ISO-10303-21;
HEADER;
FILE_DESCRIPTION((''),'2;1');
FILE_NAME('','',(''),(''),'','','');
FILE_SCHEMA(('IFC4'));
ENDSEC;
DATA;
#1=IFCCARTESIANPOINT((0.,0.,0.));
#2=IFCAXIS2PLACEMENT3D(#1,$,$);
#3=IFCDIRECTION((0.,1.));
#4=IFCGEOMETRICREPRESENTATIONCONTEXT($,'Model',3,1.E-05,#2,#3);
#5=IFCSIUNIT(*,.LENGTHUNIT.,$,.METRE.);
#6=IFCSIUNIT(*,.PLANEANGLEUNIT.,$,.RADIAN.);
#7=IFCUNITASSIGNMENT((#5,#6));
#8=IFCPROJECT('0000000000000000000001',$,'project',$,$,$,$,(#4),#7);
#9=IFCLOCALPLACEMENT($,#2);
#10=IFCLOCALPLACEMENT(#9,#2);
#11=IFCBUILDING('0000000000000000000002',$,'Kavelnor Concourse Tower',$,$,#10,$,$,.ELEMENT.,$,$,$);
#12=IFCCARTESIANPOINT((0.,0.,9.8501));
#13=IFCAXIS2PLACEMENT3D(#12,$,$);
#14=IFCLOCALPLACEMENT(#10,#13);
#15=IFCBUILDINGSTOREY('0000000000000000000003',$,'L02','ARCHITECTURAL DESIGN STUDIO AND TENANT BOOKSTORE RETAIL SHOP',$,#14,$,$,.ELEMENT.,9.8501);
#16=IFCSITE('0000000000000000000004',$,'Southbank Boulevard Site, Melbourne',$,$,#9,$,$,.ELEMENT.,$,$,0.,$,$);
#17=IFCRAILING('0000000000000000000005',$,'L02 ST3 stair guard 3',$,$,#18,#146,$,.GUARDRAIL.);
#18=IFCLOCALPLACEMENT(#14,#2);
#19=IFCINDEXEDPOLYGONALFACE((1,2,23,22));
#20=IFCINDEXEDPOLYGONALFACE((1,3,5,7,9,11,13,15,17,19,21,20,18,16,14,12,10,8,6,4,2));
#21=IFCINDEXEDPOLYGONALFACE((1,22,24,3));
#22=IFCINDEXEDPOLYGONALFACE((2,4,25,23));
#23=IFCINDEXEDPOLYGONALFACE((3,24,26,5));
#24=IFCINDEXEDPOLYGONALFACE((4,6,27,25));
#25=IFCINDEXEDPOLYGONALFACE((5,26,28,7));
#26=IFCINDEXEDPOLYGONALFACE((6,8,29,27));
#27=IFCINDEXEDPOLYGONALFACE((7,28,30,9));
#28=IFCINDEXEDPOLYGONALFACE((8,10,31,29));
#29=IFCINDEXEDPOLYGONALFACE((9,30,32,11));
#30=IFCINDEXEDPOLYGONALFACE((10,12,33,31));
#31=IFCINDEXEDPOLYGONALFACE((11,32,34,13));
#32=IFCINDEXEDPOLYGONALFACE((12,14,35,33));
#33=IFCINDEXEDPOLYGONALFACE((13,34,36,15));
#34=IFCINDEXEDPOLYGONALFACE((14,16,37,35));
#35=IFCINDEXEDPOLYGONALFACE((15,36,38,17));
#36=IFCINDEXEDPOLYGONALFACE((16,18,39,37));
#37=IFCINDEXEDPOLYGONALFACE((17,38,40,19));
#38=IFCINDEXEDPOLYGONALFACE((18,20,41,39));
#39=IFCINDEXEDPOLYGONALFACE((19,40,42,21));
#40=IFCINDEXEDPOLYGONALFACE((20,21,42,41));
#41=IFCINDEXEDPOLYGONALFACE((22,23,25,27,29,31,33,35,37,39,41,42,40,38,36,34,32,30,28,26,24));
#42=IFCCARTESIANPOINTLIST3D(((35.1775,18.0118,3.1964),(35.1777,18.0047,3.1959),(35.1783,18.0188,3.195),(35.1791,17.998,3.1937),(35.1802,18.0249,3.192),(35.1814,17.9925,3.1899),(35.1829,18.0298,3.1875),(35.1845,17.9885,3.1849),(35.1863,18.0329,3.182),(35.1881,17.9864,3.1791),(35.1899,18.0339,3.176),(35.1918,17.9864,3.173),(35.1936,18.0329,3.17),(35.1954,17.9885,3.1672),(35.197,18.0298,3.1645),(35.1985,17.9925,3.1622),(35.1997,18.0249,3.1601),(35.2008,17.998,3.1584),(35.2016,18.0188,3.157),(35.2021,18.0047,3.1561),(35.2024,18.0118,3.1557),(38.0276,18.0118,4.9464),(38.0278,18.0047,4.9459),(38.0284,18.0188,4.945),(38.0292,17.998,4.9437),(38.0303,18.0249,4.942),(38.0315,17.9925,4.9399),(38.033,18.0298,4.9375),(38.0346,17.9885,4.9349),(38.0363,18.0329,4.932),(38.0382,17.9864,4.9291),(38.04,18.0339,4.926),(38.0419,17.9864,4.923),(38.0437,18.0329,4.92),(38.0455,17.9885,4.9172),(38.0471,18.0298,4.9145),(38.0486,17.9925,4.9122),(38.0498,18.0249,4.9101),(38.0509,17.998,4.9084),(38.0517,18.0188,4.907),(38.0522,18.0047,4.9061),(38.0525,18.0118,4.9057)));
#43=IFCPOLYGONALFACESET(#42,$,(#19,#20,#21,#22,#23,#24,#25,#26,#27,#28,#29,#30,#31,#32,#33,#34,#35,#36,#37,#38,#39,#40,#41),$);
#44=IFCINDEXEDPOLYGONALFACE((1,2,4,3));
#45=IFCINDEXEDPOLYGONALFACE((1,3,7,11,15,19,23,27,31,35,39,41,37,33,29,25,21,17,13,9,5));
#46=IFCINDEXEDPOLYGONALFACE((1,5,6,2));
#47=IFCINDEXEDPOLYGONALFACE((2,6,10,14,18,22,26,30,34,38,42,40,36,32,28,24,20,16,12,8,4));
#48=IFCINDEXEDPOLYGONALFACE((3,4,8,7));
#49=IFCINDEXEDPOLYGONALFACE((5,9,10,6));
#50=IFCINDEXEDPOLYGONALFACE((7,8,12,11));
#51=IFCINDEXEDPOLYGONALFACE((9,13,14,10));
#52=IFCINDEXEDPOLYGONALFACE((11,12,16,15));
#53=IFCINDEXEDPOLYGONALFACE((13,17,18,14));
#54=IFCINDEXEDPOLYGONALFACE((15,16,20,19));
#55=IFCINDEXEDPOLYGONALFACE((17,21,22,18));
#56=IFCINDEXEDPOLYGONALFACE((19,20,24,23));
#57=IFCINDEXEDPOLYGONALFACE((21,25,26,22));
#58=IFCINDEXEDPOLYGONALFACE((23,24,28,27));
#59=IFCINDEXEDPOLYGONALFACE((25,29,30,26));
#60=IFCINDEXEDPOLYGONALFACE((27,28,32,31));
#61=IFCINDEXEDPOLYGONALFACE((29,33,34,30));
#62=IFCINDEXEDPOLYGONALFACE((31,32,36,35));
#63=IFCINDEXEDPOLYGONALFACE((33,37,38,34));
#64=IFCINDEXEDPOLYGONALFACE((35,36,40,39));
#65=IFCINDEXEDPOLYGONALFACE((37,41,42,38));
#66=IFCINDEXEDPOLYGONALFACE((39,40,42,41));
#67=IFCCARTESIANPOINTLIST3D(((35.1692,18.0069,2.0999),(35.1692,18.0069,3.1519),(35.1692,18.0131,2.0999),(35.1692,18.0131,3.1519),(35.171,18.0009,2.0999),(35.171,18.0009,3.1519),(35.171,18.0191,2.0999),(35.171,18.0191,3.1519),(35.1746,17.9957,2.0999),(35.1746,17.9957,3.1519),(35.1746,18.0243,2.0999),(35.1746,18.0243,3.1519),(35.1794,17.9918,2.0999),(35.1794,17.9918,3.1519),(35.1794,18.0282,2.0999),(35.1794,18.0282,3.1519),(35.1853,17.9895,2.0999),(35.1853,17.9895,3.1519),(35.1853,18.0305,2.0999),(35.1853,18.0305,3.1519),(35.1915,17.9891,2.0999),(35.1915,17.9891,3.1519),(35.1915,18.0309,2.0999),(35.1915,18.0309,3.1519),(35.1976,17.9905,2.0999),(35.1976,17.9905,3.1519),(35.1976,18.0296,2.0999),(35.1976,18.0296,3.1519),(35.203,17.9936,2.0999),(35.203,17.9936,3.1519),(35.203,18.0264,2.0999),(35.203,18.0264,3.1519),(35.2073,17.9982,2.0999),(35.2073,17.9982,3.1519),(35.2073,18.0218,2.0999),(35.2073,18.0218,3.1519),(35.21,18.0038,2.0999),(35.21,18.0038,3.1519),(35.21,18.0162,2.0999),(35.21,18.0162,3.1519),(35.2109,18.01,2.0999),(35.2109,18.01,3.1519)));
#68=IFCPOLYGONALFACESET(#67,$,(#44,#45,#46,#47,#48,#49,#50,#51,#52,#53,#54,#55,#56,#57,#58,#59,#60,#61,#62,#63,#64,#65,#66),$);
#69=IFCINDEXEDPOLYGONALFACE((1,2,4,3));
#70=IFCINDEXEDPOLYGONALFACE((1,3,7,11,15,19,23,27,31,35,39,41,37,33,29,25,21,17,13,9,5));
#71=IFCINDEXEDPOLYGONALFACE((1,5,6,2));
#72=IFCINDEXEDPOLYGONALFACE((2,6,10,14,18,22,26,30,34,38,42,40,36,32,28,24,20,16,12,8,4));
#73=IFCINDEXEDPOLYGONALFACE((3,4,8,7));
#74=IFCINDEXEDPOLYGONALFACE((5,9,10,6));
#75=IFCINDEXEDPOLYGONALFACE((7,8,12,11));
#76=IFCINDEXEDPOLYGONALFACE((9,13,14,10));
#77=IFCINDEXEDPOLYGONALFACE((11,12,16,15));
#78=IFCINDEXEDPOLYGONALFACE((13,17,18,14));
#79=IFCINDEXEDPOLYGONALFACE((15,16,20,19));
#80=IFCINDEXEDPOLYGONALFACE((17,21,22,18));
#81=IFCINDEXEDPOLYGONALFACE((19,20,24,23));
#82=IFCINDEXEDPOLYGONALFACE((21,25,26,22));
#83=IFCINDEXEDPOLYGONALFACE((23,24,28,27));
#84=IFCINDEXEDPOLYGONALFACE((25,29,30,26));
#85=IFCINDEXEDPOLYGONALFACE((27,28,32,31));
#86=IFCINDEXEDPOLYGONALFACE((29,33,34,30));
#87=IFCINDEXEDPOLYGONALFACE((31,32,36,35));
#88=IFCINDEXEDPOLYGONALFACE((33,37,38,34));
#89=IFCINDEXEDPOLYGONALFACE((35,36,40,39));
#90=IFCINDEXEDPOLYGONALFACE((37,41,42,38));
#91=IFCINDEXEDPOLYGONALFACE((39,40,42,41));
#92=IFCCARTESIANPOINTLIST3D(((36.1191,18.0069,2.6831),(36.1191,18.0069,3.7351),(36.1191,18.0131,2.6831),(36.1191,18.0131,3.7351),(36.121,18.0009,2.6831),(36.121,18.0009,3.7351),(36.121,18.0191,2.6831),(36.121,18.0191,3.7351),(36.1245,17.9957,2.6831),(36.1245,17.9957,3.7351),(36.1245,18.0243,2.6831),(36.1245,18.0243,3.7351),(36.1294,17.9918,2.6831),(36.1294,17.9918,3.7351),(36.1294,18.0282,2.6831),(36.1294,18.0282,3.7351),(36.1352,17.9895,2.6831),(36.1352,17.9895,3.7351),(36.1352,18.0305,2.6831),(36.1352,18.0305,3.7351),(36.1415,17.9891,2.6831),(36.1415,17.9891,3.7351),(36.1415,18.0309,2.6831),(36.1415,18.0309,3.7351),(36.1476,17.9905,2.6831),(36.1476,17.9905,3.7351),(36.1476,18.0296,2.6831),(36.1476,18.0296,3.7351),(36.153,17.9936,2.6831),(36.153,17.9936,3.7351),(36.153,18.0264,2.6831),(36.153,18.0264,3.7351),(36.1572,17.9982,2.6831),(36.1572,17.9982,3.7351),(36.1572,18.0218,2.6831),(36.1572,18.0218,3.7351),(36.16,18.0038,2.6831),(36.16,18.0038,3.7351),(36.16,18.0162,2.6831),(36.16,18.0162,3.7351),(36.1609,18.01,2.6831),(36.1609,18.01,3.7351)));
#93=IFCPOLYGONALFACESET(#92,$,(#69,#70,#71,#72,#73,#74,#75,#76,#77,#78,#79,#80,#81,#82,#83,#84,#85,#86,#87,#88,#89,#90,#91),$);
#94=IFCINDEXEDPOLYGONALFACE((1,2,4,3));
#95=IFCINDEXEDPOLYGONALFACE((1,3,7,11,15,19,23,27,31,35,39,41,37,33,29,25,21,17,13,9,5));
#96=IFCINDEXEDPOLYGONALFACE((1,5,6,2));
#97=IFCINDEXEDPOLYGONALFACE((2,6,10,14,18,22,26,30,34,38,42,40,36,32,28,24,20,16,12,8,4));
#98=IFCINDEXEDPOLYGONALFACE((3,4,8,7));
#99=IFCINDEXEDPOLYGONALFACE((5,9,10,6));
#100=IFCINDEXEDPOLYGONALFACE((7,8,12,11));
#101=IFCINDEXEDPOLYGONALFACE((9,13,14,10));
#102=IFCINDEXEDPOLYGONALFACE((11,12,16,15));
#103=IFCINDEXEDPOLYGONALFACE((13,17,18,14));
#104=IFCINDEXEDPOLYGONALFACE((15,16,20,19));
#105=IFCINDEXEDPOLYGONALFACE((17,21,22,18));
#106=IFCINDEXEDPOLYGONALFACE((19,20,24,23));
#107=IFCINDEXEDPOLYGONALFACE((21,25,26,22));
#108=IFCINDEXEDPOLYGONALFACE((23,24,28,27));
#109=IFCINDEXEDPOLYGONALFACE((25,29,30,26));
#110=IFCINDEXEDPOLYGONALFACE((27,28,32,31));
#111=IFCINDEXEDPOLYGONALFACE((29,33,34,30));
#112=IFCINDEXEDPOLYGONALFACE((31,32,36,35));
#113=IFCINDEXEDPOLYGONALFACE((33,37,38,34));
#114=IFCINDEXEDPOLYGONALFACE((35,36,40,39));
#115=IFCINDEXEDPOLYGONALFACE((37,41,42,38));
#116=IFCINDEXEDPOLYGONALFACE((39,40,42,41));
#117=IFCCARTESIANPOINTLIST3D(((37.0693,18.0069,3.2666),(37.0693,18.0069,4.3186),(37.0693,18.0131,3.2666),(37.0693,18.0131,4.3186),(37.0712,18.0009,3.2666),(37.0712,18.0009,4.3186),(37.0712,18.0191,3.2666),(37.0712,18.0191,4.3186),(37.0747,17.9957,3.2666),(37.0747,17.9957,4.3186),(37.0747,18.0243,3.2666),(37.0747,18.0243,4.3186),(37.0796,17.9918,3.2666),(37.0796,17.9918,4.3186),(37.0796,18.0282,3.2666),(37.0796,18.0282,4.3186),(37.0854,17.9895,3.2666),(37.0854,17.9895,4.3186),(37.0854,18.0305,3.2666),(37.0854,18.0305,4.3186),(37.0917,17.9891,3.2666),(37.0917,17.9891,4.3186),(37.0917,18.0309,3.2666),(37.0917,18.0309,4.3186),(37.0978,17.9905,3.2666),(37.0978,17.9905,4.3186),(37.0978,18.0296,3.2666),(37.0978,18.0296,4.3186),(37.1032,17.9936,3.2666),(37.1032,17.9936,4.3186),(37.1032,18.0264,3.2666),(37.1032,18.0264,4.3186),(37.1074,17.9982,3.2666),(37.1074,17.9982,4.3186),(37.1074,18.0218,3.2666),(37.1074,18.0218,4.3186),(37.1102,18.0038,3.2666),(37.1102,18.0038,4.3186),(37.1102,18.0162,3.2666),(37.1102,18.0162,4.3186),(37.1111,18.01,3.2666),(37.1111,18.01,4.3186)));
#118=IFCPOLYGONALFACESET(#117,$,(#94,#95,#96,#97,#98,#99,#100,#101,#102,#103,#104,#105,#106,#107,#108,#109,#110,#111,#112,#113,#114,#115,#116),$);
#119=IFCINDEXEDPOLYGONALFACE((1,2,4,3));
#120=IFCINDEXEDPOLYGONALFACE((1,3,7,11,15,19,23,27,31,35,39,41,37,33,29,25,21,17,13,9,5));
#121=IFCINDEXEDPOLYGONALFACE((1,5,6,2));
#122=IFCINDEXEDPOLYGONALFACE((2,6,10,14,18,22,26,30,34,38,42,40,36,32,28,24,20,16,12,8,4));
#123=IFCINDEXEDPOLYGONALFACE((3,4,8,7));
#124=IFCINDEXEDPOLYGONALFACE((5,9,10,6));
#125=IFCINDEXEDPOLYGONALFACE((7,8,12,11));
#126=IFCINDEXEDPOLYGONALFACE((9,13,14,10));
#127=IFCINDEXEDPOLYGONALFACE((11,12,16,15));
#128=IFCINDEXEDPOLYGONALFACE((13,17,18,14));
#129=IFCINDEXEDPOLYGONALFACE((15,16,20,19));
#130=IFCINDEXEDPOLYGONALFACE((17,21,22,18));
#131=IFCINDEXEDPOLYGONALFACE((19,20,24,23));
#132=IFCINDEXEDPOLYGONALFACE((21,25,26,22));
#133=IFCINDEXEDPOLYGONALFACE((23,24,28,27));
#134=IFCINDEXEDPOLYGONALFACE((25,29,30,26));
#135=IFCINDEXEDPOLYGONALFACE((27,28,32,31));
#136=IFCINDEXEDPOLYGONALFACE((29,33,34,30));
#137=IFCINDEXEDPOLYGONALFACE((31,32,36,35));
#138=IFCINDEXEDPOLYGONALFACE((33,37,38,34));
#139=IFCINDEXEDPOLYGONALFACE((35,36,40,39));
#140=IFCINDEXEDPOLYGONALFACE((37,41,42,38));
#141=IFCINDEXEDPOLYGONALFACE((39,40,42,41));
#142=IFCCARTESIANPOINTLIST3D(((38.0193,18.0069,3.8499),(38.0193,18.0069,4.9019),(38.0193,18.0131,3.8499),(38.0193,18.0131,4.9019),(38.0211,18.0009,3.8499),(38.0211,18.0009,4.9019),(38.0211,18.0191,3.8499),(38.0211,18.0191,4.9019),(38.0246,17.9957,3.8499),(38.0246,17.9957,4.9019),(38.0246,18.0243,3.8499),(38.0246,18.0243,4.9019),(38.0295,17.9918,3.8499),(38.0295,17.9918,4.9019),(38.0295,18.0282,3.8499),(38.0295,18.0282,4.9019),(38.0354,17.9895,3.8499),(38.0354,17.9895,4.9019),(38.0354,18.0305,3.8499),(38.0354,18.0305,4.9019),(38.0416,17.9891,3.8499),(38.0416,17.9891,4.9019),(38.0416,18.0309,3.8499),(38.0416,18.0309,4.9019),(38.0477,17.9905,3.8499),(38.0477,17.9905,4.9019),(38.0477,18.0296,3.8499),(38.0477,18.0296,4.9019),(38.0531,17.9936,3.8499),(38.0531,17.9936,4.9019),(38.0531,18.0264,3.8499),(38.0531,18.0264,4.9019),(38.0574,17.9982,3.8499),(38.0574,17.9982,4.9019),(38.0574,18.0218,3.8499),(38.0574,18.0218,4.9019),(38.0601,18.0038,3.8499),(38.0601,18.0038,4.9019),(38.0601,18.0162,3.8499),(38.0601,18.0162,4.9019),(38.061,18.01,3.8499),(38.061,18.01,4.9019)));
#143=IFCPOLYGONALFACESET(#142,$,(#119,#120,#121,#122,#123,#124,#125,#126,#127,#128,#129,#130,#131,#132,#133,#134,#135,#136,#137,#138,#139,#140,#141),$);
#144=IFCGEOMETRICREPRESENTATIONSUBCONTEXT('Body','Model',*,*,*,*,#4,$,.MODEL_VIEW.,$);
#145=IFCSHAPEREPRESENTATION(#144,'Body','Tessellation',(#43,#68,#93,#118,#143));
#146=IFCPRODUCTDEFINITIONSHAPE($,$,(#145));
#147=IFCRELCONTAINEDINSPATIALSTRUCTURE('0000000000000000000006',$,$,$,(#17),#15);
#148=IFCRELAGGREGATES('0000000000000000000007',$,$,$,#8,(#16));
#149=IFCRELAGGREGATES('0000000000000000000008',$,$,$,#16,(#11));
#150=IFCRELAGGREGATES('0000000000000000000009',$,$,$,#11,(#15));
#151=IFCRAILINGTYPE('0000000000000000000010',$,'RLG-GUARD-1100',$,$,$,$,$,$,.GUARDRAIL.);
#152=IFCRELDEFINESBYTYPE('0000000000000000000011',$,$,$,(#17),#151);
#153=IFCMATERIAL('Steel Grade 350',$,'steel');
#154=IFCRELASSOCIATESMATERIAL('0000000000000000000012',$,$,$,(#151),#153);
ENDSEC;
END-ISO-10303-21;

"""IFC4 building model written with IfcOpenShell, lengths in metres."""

from ifc_helpers import new_model, si_unit, direction, frame, origin, origin_2d, place, context, subcontext, project, spatial, circle, extrude, material, type_object, element, save


model = new_model("IFC4")

# Units and contexts
model_context = context("Model", 3, precision=1e-05, world=origin(), true_north=direction((0.0, 1.0)))
body_context = subcontext(model_context, "Body", "Model", "MODEL_VIEW")
ifc_project = project(units=[si_unit("LENGTHUNIT", "METRE"), si_unit("PLANEANGLEUNIT", "RADIAN")], contexts=[model_context])

# Site, building, storey
site_placement = place(None, origin())
site = spatial("IfcSite", under=ifc_project, at=site_placement, Name="Southbank Boulevard Site, Melbourne", CompositionType="ELEMENT", RefElevation=0.0)
building_placement = place(site_placement, origin())
building = spatial("IfcBuilding", under=site, at=building_placement, Name="Kavelnor Concourse Tower", CompositionType="ELEMENT")
storey_placement = place(building_placement, frame((0.0, 0.0, 9.8501)))
storey = spatial("IfcBuildingStorey", under=building, at=storey_placement, Name="L02", Description="ARCHITECTURAL DESIGN STUDIO AND TENANT BOOKSTORE RETAIL SHOP", CompositionType="ELEMENT", Elevation=9.8501)

# Shared definitions
ifc_material_1 = material(Name="Steel Grade 350", Category="steel")

# Railing
railing_type_1 = type_object("IfcRailingType", Name="RLG-GUARD-1100", PredefinedType="GUARDRAIL", material=ifc_material_1)
railing_1_placement = place(storey_placement, frame((35.1899, 18.01, 2.0999)))
element("IfcRailing", 1, at=railing_1_placement, inside=storey, type_object=railing_type_1, Name="L02 ST3 stair guard 3", PredefinedType="GUARDRAIL", context=body_context, shape_type="SweptSolid", body=[
    extrude(circle(Radius=0.0239, at=origin_2d()), frame((0.0, 0.0, 1.0762), z_axis=(0.852179, 0.0, 0.52325), x_axis=(0.0, 1.0, 0.0)), (0.0, 0.0, 1.0), 3.3445),
    extrude(circle(Radius=0.021, at=origin_2d()), origin(), (0.0, 0.0, 1.0), 1.052),
    extrude(circle(Radius=0.021, at=origin_2d()), frame((0.95, 0.0, 0.5833)), (0.0, 0.0, 1.0), 1.052),
    extrude(circle(Radius=0.021, at=origin_2d()), frame((1.9001, 0.0, 1.1667)), (0.0, 0.0, 1.0), 1.052),
    extrude(circle(Radius=0.021, at=origin_2d()), frame((2.8501, 0.0, 1.75)), (0.0, 0.0, 1.0), 1.052),
])

save(model, "model.ifc")
